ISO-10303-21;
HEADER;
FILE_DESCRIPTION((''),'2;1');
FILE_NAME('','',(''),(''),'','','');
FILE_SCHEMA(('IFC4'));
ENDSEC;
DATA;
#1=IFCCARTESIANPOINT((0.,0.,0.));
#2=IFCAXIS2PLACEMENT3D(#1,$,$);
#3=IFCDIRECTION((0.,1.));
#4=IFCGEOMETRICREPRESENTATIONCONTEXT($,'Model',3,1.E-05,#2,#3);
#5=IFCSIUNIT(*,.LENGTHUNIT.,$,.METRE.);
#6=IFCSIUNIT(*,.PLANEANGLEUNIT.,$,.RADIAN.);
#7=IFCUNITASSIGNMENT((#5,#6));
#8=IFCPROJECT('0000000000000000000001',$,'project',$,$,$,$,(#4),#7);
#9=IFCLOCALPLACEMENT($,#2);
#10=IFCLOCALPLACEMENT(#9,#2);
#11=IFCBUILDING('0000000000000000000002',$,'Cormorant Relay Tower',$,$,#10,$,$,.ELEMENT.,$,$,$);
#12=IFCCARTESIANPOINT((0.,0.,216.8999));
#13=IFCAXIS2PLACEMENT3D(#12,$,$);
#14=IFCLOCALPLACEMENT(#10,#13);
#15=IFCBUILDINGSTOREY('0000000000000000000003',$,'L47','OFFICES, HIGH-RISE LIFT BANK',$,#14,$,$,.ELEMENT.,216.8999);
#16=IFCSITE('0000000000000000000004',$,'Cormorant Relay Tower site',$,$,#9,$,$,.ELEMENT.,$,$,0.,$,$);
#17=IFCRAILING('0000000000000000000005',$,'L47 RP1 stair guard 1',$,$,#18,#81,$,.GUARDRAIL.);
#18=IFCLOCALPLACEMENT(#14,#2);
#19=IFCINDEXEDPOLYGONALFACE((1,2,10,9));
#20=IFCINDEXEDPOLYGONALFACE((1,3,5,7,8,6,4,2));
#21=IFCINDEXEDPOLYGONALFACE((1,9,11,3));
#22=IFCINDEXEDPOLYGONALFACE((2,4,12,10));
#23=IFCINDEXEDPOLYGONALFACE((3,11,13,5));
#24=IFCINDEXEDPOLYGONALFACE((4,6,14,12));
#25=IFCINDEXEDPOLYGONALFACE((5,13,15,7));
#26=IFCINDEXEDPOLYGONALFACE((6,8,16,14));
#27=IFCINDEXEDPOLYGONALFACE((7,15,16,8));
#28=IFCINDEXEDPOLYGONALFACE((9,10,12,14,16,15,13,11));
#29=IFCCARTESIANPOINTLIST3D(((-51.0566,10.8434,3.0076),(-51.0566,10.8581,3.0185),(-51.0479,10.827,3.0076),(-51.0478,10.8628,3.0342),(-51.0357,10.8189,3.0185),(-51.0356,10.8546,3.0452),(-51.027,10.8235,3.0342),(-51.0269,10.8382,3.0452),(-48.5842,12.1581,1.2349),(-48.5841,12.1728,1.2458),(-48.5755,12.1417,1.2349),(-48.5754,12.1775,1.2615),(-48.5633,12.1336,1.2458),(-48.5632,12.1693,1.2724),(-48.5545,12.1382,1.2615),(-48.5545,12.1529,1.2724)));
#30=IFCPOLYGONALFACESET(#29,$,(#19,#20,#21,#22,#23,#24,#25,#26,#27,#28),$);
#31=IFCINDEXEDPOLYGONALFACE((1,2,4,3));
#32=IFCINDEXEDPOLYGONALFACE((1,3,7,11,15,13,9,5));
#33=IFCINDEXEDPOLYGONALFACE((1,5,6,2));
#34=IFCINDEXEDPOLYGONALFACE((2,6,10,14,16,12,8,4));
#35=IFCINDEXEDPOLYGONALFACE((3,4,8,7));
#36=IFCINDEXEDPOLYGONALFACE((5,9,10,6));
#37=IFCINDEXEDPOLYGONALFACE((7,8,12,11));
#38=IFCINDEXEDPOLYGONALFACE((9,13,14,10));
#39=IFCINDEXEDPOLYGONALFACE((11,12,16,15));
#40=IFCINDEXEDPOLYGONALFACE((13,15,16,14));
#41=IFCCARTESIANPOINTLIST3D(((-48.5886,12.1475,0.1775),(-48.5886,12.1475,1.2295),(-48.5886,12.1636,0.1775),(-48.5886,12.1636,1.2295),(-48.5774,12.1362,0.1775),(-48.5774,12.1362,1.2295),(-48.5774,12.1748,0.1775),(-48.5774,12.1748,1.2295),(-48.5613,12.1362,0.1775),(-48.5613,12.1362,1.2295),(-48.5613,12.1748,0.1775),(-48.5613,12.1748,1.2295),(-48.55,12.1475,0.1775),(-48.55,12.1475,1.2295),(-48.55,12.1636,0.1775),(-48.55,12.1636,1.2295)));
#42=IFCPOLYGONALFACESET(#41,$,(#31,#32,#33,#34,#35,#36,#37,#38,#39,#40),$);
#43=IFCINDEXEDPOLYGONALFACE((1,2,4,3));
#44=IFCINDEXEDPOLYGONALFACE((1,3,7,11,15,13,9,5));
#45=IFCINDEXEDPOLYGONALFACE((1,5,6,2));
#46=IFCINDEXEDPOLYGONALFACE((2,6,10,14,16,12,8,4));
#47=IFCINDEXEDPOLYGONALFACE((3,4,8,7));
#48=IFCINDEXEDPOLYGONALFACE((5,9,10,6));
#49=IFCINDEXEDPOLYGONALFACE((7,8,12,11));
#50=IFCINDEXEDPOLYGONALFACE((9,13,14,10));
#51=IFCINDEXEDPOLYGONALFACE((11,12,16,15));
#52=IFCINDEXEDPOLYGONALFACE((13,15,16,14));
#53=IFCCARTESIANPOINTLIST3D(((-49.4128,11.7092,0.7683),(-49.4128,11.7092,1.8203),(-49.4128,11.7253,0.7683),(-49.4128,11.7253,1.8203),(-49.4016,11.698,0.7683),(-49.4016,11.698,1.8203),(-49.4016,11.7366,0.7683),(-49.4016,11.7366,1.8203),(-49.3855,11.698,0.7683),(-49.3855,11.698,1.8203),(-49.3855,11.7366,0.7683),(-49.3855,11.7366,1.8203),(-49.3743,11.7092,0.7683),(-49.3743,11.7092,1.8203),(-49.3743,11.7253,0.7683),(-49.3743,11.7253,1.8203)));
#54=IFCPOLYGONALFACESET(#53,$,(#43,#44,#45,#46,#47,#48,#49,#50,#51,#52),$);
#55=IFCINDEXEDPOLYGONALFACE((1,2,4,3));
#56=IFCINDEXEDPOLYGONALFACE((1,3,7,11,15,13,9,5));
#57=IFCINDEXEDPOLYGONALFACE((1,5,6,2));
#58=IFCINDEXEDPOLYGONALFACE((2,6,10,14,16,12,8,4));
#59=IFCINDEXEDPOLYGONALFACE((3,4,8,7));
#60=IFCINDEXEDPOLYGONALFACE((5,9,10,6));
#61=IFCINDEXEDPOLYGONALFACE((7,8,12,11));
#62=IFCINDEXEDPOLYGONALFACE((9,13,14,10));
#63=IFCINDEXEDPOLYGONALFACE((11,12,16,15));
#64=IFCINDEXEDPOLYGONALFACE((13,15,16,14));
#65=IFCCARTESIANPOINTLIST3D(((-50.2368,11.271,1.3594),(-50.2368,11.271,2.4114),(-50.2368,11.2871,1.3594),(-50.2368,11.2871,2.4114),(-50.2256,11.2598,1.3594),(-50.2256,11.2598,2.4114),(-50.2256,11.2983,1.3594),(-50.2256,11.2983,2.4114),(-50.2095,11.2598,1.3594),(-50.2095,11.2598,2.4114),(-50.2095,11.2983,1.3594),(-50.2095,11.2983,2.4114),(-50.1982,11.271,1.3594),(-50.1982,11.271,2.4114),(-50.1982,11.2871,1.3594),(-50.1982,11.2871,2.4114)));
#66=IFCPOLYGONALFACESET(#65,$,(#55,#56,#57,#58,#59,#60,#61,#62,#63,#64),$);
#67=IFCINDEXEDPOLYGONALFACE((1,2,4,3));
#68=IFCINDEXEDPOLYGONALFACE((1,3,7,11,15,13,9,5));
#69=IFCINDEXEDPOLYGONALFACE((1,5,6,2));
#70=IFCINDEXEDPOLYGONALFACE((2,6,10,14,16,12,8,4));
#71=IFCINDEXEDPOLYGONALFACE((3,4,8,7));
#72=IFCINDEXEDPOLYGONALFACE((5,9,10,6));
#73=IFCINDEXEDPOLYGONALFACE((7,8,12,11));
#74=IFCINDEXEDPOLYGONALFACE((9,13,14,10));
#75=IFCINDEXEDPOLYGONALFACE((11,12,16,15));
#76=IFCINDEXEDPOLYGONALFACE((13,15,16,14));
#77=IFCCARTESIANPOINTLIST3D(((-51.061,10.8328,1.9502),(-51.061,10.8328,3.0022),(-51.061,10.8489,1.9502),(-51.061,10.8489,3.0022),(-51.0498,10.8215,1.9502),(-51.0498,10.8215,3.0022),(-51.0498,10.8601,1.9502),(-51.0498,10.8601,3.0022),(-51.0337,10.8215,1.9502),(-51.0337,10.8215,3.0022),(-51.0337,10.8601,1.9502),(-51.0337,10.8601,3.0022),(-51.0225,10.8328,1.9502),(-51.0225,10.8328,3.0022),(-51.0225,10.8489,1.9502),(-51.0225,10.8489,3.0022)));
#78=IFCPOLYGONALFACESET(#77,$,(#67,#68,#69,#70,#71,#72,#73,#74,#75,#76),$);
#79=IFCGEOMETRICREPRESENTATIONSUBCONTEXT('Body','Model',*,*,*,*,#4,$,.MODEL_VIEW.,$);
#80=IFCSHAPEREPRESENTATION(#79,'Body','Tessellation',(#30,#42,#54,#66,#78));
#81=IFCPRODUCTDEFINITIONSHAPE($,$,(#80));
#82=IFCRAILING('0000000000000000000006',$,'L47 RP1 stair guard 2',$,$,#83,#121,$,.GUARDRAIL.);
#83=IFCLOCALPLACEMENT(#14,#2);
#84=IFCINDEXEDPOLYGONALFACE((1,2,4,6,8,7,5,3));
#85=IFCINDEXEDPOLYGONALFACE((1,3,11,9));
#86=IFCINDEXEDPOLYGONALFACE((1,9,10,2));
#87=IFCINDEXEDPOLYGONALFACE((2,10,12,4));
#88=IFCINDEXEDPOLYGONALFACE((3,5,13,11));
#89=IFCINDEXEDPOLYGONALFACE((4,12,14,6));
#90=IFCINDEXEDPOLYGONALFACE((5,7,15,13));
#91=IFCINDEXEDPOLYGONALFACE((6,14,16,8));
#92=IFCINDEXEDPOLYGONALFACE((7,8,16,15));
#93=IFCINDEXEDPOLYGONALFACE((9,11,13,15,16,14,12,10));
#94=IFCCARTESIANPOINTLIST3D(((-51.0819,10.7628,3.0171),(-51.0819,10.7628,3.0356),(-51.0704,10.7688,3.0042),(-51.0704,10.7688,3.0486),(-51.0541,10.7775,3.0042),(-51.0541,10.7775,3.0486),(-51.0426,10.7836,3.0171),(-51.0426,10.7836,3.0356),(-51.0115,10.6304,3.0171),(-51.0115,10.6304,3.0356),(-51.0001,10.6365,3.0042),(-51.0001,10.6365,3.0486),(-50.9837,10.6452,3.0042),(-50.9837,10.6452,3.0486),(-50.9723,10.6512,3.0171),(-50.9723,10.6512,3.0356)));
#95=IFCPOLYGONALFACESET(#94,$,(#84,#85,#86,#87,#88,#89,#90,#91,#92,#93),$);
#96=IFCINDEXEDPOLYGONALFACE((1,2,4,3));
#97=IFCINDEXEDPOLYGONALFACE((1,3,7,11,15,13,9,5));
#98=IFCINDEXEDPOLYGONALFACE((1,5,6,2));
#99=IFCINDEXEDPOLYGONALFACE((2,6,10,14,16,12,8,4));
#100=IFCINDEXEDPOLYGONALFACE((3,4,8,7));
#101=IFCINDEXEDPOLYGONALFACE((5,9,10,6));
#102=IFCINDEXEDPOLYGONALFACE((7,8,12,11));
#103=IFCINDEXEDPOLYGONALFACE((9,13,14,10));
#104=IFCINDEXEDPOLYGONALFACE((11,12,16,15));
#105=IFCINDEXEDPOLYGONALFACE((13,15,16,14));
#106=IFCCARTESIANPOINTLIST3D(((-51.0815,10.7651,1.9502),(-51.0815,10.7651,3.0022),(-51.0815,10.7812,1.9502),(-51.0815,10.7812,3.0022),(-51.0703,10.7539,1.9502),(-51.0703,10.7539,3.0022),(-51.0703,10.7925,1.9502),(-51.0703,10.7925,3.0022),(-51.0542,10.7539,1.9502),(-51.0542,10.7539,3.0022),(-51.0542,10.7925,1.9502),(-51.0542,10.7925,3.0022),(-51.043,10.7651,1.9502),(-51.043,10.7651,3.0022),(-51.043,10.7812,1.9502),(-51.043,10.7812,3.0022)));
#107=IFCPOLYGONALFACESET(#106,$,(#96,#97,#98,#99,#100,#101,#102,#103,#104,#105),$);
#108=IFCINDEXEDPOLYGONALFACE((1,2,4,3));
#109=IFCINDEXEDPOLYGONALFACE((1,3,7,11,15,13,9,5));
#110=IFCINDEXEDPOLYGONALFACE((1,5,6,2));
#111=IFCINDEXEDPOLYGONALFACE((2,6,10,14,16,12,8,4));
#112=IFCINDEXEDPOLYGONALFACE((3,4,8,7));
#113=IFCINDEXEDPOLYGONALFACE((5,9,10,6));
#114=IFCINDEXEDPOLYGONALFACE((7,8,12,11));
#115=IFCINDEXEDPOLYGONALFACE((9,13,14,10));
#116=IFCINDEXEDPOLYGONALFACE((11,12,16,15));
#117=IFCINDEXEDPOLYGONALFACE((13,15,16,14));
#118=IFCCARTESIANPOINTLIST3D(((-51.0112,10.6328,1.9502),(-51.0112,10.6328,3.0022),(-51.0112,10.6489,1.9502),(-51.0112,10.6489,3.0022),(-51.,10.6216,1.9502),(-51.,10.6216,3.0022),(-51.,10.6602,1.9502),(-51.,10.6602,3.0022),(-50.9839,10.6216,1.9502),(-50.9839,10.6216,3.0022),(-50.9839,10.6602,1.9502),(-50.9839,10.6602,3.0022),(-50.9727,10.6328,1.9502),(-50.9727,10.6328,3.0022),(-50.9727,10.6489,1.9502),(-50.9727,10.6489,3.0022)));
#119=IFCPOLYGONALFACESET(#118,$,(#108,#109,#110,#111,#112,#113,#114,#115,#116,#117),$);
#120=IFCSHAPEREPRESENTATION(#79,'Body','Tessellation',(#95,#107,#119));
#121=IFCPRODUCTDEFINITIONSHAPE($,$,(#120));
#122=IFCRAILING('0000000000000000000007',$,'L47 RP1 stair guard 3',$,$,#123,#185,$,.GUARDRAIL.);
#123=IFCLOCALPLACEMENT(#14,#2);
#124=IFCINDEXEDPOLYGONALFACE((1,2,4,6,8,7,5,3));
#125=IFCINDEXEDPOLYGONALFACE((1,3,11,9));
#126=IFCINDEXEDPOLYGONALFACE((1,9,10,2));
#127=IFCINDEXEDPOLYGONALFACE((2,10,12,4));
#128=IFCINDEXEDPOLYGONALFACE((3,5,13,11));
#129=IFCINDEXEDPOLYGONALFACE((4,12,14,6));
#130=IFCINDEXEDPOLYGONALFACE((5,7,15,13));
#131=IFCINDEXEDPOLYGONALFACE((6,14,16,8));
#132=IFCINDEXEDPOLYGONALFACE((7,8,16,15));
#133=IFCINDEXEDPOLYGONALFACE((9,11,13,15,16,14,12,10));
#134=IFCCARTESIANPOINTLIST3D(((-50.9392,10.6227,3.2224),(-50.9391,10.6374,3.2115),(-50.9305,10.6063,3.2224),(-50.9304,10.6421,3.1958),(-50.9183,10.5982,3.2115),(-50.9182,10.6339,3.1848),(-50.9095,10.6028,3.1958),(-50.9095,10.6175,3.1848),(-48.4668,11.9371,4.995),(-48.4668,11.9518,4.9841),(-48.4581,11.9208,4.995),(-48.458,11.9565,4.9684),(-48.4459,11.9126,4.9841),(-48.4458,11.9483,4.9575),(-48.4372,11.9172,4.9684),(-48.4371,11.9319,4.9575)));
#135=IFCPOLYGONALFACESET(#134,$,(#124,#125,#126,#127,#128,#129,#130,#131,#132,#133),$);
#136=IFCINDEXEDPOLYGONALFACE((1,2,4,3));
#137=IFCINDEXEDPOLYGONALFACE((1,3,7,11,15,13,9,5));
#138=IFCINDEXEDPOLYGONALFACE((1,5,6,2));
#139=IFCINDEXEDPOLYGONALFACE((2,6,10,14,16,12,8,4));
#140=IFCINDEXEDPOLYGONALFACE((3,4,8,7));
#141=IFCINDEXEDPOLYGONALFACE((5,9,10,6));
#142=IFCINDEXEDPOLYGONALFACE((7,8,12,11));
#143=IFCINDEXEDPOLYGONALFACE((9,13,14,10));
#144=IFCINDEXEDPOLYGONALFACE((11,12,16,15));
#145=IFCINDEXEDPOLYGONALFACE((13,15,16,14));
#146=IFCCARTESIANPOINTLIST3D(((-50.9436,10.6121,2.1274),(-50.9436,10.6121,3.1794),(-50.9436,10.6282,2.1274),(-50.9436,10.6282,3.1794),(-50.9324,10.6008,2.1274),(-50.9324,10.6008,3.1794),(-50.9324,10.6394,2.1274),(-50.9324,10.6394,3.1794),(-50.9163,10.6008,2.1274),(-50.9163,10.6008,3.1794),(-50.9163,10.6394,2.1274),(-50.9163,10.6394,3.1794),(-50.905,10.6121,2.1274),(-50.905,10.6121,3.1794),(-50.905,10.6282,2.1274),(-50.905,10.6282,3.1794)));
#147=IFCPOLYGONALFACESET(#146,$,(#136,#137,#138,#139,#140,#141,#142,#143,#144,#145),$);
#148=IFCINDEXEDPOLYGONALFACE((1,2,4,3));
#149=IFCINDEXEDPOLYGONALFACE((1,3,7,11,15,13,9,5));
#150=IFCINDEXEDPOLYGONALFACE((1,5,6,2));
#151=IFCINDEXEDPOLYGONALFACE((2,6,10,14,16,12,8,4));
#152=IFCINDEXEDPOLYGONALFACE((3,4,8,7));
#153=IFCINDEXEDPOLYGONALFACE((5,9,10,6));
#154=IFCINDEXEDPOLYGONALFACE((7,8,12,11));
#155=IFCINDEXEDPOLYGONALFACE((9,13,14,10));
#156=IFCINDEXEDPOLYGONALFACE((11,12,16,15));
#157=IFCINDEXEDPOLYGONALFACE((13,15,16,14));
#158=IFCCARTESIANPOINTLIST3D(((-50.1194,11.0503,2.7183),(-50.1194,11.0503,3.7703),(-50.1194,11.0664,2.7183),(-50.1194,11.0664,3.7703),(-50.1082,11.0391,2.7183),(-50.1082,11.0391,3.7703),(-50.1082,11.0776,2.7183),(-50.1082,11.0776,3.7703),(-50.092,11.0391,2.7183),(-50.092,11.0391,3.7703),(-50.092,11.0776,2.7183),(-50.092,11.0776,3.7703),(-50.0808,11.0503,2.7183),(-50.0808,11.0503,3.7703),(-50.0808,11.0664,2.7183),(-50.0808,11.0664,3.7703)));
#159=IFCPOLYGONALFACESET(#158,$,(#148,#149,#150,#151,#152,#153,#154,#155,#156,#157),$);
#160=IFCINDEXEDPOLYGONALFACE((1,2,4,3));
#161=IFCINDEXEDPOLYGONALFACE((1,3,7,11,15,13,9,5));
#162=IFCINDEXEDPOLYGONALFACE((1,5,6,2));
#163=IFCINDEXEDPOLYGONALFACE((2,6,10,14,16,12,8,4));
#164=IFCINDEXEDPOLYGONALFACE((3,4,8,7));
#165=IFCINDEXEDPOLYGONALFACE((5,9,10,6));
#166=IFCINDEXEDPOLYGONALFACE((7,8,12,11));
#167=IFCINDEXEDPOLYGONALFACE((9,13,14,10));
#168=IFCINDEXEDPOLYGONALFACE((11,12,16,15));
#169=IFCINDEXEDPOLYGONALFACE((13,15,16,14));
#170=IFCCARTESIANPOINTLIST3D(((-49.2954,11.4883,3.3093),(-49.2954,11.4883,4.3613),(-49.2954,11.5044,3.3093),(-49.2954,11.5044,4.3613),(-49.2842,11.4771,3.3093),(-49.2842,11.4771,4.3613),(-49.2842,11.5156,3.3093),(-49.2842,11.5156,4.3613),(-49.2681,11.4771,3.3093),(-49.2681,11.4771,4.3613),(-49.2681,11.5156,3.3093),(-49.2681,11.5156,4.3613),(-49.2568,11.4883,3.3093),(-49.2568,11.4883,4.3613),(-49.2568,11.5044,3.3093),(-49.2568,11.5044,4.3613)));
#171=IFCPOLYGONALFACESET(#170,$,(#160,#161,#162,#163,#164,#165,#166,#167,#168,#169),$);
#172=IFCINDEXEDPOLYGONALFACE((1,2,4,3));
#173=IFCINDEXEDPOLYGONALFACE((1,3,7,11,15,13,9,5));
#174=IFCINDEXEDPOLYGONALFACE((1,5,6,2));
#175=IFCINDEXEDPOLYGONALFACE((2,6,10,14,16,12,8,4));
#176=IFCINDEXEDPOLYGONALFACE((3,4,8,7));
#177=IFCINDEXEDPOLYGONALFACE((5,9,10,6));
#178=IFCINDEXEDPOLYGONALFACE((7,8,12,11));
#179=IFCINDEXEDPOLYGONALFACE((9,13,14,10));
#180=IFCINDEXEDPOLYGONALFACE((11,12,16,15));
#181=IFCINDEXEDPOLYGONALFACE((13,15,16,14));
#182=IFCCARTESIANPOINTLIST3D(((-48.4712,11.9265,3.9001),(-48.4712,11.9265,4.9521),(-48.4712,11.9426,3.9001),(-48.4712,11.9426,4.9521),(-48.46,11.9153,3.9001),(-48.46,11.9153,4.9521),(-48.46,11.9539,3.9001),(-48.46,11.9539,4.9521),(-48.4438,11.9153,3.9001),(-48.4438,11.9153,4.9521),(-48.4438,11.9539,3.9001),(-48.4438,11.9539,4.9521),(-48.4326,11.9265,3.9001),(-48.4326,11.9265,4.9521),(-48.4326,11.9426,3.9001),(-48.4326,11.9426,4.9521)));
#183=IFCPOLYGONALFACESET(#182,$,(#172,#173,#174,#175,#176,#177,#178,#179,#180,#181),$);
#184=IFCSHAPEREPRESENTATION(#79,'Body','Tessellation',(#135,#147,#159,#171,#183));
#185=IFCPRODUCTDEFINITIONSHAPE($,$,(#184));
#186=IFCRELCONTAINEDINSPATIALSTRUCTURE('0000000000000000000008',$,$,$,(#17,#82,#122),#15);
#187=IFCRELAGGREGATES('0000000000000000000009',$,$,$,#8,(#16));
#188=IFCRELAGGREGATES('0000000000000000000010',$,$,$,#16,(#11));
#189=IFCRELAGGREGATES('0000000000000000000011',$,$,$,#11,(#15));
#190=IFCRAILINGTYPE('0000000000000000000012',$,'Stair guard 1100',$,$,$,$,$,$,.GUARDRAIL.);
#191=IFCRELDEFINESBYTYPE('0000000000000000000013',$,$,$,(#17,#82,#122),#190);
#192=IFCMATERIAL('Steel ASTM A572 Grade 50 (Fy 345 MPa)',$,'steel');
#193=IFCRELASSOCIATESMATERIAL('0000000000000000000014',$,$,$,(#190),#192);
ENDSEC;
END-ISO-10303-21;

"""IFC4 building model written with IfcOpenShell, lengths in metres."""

from ifc_helpers import new_model, si_unit, direction, frame, origin, place, context, subcontext, project, spatial, polyline, outline, extrude, material, type_object, element, save


model = new_model("IFC4")

# Units and contexts
model_context = context("Model", 3, precision=1e-05, world=origin(), true_north=direction((0.0, 1.0)))
body_context = subcontext(model_context, "Body", "Model", "MODEL_VIEW")
ifc_project = project(units=[si_unit("LENGTHUNIT", "METRE"), si_unit("PLANEANGLEUNIT", "RADIAN")], contexts=[model_context])

# Site, building, storey
site_placement = place(None, origin())
site = spatial("IfcSite", under=ifc_project, at=site_placement, Name="Cormorant Relay Tower site", CompositionType="ELEMENT", RefElevation=0.0)
building_placement = place(site_placement, origin())
building = spatial("IfcBuilding", under=site, at=building_placement, Name="Cormorant Relay Tower", CompositionType="ELEMENT")
storey_placement = place(building_placement, frame((0.0, 0.0, 216.8999)))
storey = spatial("IfcBuildingStorey", under=building, at=storey_placement, Name="L47", Description="OFFICES, HIGH-RISE LIFT BANK", CompositionType="ELEMENT", Elevation=216.8999)

# Railings
ifc_material_1 = material(Name="Steel ASTM A572 Grade 50 (Fy 345 MPa)", Category="steel")
railing_type_1 = type_object("IfcRailingType", Name="Stair guard 1100", PredefinedType="GUARDRAIL", material=ifc_material_1)
railing_1_placement = place(storey_placement, frame((-48.5693, 12.1555, 0.1775)))
element("IfcRailing", 1, at=railing_1_placement, inside=storey, type_object=railing_type_1, Name="L47 RP1 stair guard 1", PredefinedType="GUARDRAIL", context=body_context, shape_type="SweptSolid", body=[
    extrude(outline(polyline([(0.0222, 0.0093), (0.0093, 0.0222), (-0.0093, 0.0222), (-0.0222, 0.0093), (-0.0222, -0.0093), (-0.0093, -0.0222), (0.0093, -0.0222), (0.0222, -0.0093), (0.0222, 0.0093)])), frame((0.0, 0.0, 1.0762), z_axis=(-0.746012, -0.39669, 0.534886), x_axis=(0.469497, -0.882934, 0.0)), (0.0, 0.0, 1.0), 3.3142),
    extrude(outline(polyline([(0.0193, 0.0081), (0.0081, 0.0193), (-0.0081, 0.0193), (-0.0193, 0.0081), (-0.0193, -0.0081), (-0.0081, -0.0193), (0.0081, -0.0193), (0.0193, -0.0081), (0.0193, 0.0081)])), origin(), (0.0, 0.0, 1.0), 1.052),
    extrude(outline(polyline([(0.0193, 0.0081), (0.0081, 0.0193), (-0.0081, 0.0193), (-0.0193, 0.0081), (-0.0193, -0.0081), (-0.0081, -0.0193), (0.0081, -0.0193), (0.0193, -0.0081), (0.0193, 0.0081)])), frame((-0.8242, -0.4382, 0.5908)), (0.0, 0.0, 1.0), 1.052),
    extrude(outline(polyline([(0.0193, 0.0081), (0.0081, 0.0193), (-0.0081, 0.0193), (-0.0193, 0.0081), (-0.0193, -0.0081), (-0.0081, -0.0193), (0.0081, -0.0193), (0.0193, -0.0081), (0.0193, 0.0081)])), frame((-1.6482, -0.8765, 1.1819)), (0.0, 0.0, 1.0), 1.052),
    extrude(outline(polyline([(0.0193, 0.0081), (0.0081, 0.0193), (-0.0081, 0.0193), (-0.0193, 0.0081), (-0.0193, -0.0081), (-0.0081, -0.0193), (0.0081, -0.0193), (0.0193, -0.0081), (0.0193, 0.0081)])), frame((-2.4724, -1.3147, 1.7727)), (0.0, 0.0, 1.0), 1.052),
])
railing_2_placement = place(storey_placement, frame((-51.0623, 10.7732, 1.9502)))
element("IfcRailing", 2, at=railing_2_placement, inside=storey, type_object=railing_type_1, Name="L47 RP1 stair guard 2", PredefinedType="GUARDRAIL", context=body_context, shape_type="SweptSolid", body=[
    extrude(outline(polyline([(0.0222, 0.0093), (0.0093, 0.0222), (-0.0093, 0.0222), (-0.0222, 0.0093), (-0.0222, -0.0093), (-0.0093, -0.0222), (0.0093, -0.0222), (0.0222, -0.0093), (0.0222, 0.0093)])), frame((0.0, 0.0, 1.0762), z_axis=(0.469235, -0.883074, 0.0), x_axis=(0.883074, 0.469235, 0.0)), (0.0, 0.0, 1.0), 0.1499),
    extrude(outline(polyline([(0.0193, 0.0081), (0.0081, 0.0193), (-0.0081, 0.0193), (-0.0193, 0.0081), (-0.0193, -0.0081), (-0.0081, -0.0193), (0.0081, -0.0193), (0.0193, -0.0081), (0.0193, 0.0081)])), origin(), (0.0, 0.0, 1.0), 1.052),
    extrude(outline(polyline([(0.0193, 0.0081), (0.0081, 0.0193), (-0.0081, 0.0193), (-0.0193, 0.0081), (-0.0193, -0.0081), (-0.0081, -0.0193), (0.0081, -0.0193), (0.0193, -0.0081), (0.0193, 0.0081)])), frame((0.0703, -0.1323, 0.0)), (0.0, 0.0, 1.0), 1.052),
])
railing_3_placement = place(storey_placement, frame((-50.9243, 10.6201, 2.1274)))
element("IfcRailing", 3, at=railing_3_placement, inside=storey, type_object=railing_type_1, Name="L47 RP1 stair guard 3", PredefinedType="GUARDRAIL", context=body_context, shape_type="SweptSolid", body=[
    extrude(outline(polyline([(0.0222, 0.0093), (0.0093, 0.0222), (-0.0093, 0.0222), (-0.0222, 0.0093), (-0.0222, -0.0093), (-0.0093, -0.0222), (0.0093, -0.0222), (0.0222, -0.0093), (0.0222, 0.0093)])), frame((0.0, 0.0, 1.0762), z_axis=(0.746034, 0.396627, 0.534902), x_axis=(-0.469429, 0.88297, 0.0)), (0.0, 0.0, 1.0), 3.314),
    extrude(outline(polyline([(0.0193, 0.0081), (0.0081, 0.0193), (-0.0081, 0.0193), (-0.0193, 0.0081), (-0.0193, -0.0081), (-0.0081, -0.0193), (0.0081, -0.0193), (0.0193, -0.0081), (0.0193, 0.0081)])), origin(), (0.0, 0.0, 1.0), 1.052),
    extrude(outline(polyline([(0.0193, 0.0081), (0.0081, 0.0193), (-0.0081, 0.0193), (-0.0193, 0.0081), (-0.0193, -0.0081), (-0.0081, -0.0193), (0.0081, -0.0193), (0.0193, -0.0081), (0.0193, 0.0081)])), frame((0.8242, 0.4382, 0.5908)), (0.0, 0.0, 1.0), 1.052),
    extrude(outline(polyline([(0.0193, 0.0081), (0.0081, 0.0193), (-0.0081, 0.0193), (-0.0193, 0.0081), (-0.0193, -0.0081), (-0.0081, -0.0193), (0.0081, -0.0193), (0.0193, -0.0081), (0.0193, 0.0081)])), frame((1.6482, 0.8762, 1.1819)), (0.0, 0.0, 1.0), 1.052),
    extrude(outline(polyline([(0.0193, 0.0081), (0.0081, 0.0193), (-0.0081, 0.0193), (-0.0193, 0.0081), (-0.0193, -0.0081), (-0.0081, -0.0193), (0.0081, -0.0193), (0.0193, -0.0081), (0.0193, 0.0081)])), frame((2.4724, 1.3145, 1.7727)), (0.0, 0.0, 1.0), 1.052),
])

save(model, "model.ifc")
